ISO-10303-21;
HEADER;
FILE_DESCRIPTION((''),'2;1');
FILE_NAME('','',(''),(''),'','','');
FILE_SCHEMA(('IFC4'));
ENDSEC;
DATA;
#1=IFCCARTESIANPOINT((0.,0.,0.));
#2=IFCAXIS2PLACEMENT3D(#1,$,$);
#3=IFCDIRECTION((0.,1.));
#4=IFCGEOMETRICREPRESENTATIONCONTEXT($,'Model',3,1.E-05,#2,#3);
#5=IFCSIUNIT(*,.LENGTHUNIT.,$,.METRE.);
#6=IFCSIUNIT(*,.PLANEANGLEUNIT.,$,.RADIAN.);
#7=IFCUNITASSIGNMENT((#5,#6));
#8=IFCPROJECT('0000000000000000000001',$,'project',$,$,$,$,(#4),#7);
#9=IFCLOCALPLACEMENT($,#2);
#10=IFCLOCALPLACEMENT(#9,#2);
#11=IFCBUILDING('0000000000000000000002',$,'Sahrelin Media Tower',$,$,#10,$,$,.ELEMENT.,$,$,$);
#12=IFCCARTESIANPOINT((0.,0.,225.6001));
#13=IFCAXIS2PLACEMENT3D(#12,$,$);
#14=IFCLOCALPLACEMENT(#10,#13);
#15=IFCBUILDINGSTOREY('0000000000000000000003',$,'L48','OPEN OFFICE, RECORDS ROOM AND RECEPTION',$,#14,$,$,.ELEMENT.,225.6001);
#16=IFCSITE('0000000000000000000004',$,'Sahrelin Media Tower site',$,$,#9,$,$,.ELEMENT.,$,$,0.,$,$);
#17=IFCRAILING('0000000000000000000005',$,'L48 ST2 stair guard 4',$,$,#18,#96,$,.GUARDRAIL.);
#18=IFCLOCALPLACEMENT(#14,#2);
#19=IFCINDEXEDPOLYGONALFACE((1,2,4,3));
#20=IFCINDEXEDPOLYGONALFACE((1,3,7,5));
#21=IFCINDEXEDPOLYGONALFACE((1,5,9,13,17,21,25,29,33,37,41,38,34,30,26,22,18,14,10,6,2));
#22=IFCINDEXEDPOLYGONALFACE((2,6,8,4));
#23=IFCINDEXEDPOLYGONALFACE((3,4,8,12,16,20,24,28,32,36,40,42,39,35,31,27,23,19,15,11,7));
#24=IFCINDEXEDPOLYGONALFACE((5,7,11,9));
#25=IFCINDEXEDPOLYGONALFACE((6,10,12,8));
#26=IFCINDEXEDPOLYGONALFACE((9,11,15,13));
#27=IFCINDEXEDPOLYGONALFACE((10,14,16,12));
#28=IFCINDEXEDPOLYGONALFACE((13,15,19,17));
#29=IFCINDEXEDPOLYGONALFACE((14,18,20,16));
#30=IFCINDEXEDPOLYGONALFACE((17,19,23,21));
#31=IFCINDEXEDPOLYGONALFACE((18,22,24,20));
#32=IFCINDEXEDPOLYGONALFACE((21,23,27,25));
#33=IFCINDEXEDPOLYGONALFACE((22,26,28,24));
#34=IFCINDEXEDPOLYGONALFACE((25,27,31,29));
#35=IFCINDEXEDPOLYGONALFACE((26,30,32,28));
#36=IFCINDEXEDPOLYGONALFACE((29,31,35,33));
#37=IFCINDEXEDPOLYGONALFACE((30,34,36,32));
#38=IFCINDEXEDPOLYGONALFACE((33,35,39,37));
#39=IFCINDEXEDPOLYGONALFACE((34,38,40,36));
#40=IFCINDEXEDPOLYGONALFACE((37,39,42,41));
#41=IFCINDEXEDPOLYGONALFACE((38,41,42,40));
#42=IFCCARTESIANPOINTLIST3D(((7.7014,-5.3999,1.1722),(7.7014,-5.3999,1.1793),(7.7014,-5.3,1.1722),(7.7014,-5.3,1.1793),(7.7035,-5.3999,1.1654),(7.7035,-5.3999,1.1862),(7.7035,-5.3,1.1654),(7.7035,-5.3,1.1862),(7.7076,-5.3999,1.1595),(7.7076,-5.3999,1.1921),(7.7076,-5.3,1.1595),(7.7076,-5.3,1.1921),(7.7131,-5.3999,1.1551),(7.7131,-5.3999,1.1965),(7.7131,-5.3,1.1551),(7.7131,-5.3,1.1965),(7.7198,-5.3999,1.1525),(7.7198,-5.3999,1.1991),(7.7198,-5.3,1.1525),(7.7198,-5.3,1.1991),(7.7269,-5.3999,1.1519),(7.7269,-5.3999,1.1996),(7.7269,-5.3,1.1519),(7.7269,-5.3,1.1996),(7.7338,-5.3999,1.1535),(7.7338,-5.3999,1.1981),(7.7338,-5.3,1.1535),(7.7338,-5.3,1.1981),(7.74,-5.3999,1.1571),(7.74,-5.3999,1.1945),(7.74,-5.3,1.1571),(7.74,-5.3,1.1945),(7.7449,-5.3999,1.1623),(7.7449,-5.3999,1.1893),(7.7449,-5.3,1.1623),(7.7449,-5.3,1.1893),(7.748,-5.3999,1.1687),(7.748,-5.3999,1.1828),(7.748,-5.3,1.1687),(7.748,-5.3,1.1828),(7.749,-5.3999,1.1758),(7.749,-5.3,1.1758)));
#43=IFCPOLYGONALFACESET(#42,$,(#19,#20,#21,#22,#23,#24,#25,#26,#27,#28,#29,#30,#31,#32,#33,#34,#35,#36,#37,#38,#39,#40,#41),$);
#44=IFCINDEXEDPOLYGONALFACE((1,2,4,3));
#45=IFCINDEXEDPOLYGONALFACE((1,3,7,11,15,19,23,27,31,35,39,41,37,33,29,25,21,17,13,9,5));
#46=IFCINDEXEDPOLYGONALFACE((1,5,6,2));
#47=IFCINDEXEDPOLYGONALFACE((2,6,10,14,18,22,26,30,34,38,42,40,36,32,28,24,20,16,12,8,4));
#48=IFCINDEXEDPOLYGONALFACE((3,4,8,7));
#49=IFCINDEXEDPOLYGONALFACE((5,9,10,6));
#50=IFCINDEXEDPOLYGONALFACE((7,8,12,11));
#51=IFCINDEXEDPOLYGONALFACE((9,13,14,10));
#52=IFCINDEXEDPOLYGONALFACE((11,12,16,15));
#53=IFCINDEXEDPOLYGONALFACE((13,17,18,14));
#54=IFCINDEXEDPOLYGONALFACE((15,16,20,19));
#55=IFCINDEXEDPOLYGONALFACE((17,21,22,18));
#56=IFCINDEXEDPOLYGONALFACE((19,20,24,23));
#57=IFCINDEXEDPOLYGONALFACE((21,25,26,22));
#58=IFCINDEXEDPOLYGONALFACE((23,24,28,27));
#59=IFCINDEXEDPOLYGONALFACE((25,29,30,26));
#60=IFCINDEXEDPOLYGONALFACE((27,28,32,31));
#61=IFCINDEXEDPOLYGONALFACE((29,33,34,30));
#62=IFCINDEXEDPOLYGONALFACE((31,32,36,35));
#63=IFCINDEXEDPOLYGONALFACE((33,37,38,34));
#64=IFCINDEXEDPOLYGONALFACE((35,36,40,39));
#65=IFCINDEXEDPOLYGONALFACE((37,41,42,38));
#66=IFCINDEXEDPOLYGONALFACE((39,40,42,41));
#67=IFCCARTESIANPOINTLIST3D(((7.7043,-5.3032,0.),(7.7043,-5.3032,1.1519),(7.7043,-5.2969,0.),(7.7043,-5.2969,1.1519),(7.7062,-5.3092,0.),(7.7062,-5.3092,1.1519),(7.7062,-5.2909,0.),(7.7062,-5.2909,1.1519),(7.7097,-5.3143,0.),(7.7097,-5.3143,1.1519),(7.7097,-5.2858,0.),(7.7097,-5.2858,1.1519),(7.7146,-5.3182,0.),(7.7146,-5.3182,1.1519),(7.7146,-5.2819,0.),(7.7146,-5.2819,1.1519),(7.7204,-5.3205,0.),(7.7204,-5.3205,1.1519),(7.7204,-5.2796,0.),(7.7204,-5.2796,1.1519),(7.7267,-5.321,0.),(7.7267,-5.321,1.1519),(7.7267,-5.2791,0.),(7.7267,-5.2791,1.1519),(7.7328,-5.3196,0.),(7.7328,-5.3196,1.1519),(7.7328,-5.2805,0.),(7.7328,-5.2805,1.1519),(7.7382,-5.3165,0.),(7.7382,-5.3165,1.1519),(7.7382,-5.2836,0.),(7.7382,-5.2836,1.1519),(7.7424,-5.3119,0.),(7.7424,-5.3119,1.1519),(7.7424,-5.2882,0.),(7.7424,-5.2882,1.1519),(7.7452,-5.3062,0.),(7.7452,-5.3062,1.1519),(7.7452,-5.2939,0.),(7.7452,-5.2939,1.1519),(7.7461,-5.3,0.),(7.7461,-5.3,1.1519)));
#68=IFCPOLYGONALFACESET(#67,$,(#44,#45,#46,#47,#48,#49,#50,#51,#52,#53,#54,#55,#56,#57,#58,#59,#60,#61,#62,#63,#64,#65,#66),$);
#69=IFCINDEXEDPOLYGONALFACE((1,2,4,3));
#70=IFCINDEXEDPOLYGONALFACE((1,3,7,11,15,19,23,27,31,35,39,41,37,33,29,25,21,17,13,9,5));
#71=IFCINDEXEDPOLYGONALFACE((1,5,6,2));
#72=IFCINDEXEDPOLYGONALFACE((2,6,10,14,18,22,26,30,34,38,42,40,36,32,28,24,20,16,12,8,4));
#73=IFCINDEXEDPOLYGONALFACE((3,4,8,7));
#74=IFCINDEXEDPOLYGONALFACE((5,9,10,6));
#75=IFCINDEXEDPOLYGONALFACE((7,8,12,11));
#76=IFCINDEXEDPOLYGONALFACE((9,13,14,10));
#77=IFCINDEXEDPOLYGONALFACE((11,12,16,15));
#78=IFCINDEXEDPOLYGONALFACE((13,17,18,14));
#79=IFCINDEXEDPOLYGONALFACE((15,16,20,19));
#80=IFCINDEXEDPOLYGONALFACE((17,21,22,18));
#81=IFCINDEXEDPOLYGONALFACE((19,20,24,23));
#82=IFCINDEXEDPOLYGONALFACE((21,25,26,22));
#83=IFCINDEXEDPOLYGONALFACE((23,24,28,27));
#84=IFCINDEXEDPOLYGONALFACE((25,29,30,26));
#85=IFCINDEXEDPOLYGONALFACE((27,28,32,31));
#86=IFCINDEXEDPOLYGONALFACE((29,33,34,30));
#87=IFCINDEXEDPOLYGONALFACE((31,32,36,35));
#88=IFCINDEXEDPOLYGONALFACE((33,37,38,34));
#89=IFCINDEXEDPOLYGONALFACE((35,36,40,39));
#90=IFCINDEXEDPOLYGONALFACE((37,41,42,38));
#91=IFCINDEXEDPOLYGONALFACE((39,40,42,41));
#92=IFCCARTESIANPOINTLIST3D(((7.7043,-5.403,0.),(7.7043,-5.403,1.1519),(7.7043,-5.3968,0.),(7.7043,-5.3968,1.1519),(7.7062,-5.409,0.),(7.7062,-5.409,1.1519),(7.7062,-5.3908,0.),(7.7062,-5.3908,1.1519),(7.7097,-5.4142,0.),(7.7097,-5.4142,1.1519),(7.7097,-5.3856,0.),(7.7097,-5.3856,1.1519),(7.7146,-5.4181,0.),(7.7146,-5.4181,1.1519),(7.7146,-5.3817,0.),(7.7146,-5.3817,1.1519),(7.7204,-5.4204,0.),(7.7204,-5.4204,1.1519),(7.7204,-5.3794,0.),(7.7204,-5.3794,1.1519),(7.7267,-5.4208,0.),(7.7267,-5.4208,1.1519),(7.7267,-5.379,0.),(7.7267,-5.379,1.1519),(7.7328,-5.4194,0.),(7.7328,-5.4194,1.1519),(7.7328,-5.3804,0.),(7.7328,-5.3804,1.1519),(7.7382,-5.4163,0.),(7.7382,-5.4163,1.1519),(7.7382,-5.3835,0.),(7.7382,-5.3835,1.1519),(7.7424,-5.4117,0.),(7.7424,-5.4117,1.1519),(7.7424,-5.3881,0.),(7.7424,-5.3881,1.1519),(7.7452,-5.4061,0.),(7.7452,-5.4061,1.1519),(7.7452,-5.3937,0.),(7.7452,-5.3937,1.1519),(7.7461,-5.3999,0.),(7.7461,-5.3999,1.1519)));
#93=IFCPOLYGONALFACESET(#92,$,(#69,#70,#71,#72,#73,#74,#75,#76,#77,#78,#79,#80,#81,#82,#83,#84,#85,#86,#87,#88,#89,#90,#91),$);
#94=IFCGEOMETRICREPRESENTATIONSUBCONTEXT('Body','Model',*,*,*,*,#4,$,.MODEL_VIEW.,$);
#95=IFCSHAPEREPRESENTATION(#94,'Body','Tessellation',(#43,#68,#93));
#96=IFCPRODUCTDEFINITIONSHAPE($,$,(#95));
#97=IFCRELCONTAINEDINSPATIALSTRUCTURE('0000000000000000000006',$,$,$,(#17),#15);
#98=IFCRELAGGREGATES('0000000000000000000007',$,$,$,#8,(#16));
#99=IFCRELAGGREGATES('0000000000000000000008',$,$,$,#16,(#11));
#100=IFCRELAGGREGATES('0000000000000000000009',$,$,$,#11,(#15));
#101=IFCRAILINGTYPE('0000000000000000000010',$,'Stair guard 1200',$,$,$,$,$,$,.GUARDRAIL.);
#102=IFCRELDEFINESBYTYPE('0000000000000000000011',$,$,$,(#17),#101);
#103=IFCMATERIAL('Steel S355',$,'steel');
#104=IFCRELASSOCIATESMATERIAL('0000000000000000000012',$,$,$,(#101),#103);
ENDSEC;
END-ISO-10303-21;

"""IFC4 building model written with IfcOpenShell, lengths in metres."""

from ifc_helpers import new_model, si_unit, direction, frame, origin, origin_2d, place, context, subcontext, project, spatial, circle, extrude, material, type_object, element, save


model = new_model("IFC4")

# Units and contexts
model_context = context("Model", 3, precision=1e-05, world=origin(), true_north=direction((0.0, 1.0)))
body_context = subcontext(model_context, "Body", "Model", "MODEL_VIEW")
ifc_project = project(units=[si_unit("LENGTHUNIT", "METRE"), si_unit("PLANEANGLEUNIT", "RADIAN")], contexts=[model_context])

# Site, building, storey
site_placement = place(None, origin())
site = spatial("IfcSite", under=ifc_project, at=site_placement, Name="Sahrelin Media Tower site", CompositionType="ELEMENT", RefElevation=0.0)
building_placement = place(site_placement, origin())
building = spatial("IfcBuilding", under=site, at=building_placement, Name="Sahrelin Media Tower", CompositionType="ELEMENT")
storey_placement = place(building_placement, frame((0.0, 0.0, 225.6001)))
storey = spatial("IfcBuildingStorey", under=building, at=storey_placement, Name="L48", Description="OPEN OFFICE, RECORDS ROOM AND RECEPTION", CompositionType="ELEMENT", Elevation=225.6001)

# Shared definitions
ifc_material_1 = material(Name="Steel S355", Category="steel")

# Railing
railing_type_1 = type_object("IfcRailingType", Name="Stair guard 1200", PredefinedType="GUARDRAIL", material=ifc_material_1)
railing_1_placement = place(storey_placement, frame((7.7251, -5.3, 0.0)))
element("IfcRailing", 1, at=railing_1_placement, inside=storey, type_object=railing_type_1, Name="L48 ST2 stair guard 4", PredefinedType="GUARDRAIL", context=body_context, shape_type="SweptSolid", body=[
    extrude(circle(Radius=0.0239, at=origin_2d()), frame((0.0, 0.0, 1.1758), z_axis=(0.0, -1.0, 0.0), x_axis=(1.0, 0.0, 0.0)), (0.0, 0.0, 1.0), 0.0999),
    extrude(circle(Radius=0.021, at=origin_2d()), origin(), (0.0, 0.0, 1.0), 1.1519),
    extrude(circle(Radius=0.021, at=origin_2d()), frame((0.0, -0.0999, 0.0)), (0.0, 0.0, 1.0), 1.1519),
])

save(model, "model.ifc")
